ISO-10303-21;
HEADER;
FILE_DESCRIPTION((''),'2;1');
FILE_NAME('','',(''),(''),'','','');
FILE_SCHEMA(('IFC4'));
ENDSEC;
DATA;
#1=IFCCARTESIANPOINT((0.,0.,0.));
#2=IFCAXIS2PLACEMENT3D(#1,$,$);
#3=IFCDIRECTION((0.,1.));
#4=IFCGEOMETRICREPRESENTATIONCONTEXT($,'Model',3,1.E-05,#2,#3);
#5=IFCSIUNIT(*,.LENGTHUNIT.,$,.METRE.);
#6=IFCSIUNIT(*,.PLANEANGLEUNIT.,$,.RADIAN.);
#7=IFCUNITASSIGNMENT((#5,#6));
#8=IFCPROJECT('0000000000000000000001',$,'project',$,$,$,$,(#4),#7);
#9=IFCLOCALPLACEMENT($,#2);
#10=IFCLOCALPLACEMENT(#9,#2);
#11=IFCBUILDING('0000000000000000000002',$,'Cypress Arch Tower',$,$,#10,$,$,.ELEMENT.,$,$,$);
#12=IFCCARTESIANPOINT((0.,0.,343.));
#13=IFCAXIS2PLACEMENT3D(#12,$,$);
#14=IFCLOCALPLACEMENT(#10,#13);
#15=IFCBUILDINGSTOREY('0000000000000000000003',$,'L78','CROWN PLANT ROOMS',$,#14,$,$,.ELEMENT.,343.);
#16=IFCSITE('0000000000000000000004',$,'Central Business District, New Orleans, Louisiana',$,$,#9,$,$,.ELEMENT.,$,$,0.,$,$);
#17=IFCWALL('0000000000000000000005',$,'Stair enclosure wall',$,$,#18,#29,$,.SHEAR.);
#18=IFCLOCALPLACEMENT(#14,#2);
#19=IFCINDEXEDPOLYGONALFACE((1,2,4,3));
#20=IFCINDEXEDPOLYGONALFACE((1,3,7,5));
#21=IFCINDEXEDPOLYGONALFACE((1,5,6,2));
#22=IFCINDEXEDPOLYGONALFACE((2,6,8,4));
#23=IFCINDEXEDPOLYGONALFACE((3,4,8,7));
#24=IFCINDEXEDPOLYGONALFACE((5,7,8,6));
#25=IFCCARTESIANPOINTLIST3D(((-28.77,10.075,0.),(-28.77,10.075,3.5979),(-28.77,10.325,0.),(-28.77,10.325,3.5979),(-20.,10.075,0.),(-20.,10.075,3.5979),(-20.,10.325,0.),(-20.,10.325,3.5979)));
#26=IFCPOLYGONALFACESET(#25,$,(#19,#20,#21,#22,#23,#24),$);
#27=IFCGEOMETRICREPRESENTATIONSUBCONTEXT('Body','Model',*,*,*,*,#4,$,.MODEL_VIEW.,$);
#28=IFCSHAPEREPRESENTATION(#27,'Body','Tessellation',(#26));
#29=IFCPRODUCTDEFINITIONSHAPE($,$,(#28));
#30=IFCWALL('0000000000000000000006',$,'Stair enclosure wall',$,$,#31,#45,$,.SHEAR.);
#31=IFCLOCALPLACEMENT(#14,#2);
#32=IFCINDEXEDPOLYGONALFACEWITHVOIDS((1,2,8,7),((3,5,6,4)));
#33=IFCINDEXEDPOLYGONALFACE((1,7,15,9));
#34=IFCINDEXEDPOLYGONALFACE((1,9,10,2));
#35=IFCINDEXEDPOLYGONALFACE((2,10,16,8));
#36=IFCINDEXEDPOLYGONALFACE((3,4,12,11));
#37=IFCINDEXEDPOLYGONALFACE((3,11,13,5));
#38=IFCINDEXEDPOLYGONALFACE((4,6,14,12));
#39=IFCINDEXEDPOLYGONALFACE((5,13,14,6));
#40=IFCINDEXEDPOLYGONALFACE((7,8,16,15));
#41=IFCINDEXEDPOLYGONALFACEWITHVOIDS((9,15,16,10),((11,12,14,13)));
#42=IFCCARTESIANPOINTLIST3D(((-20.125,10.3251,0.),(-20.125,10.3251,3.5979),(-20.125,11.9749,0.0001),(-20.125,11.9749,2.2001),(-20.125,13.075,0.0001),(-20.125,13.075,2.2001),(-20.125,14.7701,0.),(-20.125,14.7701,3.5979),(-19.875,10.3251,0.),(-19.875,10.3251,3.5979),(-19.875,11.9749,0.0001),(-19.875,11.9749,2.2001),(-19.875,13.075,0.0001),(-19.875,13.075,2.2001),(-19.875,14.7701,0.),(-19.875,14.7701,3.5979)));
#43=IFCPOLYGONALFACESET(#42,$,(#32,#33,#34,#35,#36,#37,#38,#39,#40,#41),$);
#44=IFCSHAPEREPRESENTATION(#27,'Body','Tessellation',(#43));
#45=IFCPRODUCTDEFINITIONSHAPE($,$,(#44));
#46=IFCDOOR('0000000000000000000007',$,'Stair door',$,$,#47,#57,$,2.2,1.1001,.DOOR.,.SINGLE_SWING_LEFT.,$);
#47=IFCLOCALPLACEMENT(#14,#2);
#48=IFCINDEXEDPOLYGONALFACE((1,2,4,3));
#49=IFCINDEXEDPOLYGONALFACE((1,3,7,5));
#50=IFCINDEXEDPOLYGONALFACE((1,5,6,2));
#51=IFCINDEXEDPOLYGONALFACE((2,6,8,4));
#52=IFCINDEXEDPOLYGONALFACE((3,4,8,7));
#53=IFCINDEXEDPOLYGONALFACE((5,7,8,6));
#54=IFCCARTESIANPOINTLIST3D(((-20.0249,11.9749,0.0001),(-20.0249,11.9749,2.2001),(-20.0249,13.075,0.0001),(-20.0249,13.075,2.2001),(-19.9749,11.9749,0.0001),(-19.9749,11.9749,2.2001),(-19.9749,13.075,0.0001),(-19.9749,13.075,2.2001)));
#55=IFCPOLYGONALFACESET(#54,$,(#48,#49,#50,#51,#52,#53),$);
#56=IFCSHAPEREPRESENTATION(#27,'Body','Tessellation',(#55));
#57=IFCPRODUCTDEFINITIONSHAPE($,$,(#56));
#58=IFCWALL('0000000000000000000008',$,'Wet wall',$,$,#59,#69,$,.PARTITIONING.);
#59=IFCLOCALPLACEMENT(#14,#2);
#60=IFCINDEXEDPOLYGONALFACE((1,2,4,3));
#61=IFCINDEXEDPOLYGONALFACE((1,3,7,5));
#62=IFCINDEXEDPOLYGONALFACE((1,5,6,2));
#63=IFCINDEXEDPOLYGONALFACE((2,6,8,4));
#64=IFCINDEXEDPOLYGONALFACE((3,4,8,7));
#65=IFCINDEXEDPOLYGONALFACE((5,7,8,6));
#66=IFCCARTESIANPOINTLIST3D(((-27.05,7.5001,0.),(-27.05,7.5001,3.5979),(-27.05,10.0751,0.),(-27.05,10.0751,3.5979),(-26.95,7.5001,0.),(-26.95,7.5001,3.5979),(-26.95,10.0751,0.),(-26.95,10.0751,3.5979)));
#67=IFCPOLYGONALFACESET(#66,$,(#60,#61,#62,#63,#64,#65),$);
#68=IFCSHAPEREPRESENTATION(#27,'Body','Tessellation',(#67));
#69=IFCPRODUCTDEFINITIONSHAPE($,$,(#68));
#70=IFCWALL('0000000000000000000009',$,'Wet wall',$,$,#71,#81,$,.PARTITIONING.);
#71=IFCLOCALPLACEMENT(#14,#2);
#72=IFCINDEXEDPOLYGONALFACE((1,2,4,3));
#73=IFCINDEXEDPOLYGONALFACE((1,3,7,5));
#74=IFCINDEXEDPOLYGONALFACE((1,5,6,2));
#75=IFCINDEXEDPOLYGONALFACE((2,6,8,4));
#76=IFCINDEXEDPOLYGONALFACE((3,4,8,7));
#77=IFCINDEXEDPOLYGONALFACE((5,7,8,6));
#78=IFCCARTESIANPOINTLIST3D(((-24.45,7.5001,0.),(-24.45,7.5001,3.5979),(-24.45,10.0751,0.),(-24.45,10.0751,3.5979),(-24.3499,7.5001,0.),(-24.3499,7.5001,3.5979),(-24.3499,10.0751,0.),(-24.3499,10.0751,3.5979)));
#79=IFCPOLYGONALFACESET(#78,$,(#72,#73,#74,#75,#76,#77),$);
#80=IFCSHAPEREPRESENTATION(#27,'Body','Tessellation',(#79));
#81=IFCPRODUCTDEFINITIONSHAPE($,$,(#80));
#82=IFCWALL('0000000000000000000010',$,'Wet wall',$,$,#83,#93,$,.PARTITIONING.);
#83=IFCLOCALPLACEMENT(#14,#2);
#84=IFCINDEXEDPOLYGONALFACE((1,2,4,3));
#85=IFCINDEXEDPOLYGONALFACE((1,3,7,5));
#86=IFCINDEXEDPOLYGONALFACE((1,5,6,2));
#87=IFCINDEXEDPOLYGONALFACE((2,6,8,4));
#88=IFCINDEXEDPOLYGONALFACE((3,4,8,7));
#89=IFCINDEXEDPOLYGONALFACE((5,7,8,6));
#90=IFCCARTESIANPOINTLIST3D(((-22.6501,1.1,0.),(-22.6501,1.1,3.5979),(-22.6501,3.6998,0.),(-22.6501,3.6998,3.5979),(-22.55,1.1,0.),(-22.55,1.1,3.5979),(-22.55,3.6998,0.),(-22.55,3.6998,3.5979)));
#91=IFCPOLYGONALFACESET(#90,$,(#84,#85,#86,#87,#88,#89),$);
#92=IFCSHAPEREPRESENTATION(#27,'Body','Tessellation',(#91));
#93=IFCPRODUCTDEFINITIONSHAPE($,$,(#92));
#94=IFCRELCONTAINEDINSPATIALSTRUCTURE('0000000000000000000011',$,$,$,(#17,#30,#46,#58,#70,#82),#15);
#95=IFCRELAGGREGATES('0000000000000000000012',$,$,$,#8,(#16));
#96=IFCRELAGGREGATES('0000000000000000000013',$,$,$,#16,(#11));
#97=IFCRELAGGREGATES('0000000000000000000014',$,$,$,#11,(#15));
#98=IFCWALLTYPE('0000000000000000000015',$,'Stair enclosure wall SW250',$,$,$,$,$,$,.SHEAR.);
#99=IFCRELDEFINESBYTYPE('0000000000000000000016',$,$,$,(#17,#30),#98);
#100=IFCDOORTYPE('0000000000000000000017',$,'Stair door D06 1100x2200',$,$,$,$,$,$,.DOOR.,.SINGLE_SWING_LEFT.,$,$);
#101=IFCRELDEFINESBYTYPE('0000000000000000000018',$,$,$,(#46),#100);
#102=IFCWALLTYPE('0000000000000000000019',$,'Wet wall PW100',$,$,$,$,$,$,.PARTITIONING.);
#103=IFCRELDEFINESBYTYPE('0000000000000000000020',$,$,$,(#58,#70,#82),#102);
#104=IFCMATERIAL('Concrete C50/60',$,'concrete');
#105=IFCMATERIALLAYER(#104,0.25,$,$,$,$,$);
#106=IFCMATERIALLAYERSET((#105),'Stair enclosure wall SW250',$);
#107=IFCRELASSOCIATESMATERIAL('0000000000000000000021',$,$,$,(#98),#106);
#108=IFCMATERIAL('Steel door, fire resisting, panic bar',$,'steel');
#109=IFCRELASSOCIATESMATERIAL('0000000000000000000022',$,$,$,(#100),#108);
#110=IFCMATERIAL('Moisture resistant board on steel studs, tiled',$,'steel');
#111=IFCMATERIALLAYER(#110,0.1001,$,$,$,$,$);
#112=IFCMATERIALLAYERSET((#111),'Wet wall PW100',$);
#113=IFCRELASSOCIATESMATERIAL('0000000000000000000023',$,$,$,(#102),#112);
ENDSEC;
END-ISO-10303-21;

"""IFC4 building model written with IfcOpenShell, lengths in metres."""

from ifc_helpers import new_model, si_unit, direction, frame, frame_2d, origin, place, context, subcontext, project, spatial, rectangle, extrude, material, layer, layer_set, type_object, element, fill, save


model = new_model("IFC4")

# Units and contexts
model_context = context("Model", 3, precision=1e-05, world=origin(), true_north=direction((0.0, 1.0)))
body_context = subcontext(model_context, "Body", "Model", "MODEL_VIEW")
ifc_project = project(units=[si_unit("LENGTHUNIT", "METRE"), si_unit("PLANEANGLEUNIT", "RADIAN")], contexts=[model_context])

# Site, building, storey
site_placement = place(None, origin())
site = spatial("IfcSite", under=ifc_project, at=site_placement, Name="Central Business District, New Orleans, Louisiana", CompositionType="ELEMENT", RefElevation=0.0)
building_placement = place(site_placement, origin())
building = spatial("IfcBuilding", under=site, at=building_placement, Name="Cypress Arch Tower", CompositionType="ELEMENT")
storey_placement = place(building_placement, frame((0.0, 0.0, 343.0)))
storey = spatial("IfcBuildingStorey", under=building, at=storey_placement, Name="L78", Description="CROWN PLANT ROOMS", CompositionType="ELEMENT", Elevation=343.0)

# Wall
ifc_material_1 = material(Name="Concrete C50/60", Category="concrete")
ifc_layer_1 = layer(ifc_material_1, 0.25)
ifc_layer_set_1 = layer_set([ifc_layer_1], Name="Stair enclosure wall SW250")
wall_type_1 = type_object("IfcWallType", Name="Stair enclosure wall SW250", PredefinedType="SHEAR", material=ifc_layer_set_1)
wall_1_placement = place(storey_placement, frame((-28.77, 10.2, 0.0), z_axis=(0.0, 0.0, 1.0), x_axis=(1.0, 0.0, 0.0)))
element("IfcWall", 1, at=wall_1_placement, inside=storey, type_object=wall_type_1, Name="Stair enclosure wall", PredefinedType="SHEAR", context=body_context, shape_type="SweptSolid", body=[
    extrude(rectangle(XDim=8.77, YDim=0.25, at=frame_2d((4.385, 0.0))), origin(), (0.0, 0.0, 1.0), 3.5979),
])

# Wall, opening, door
wall_2_placement = place(storey_placement, frame((-20.0, 10.325, 0.0), z_axis=(0.0, 0.0, 1.0), x_axis=(0.0, 1.0, 0.0)))
wall_2 = element("IfcWall", 2, at=wall_2_placement, inside=storey, type_object=wall_type_1, Name="Stair enclosure wall", PredefinedType="SHEAR", context=body_context, shape_type="SweptSolid", body=[
    extrude(rectangle(XDim=4.4451, YDim=0.25, at=frame_2d((2.2227, 0.0))), origin(), (0.0, 0.0, 1.0), 3.5979),
])
opening_1_placement = place(wall_2_placement, frame((1.6499, 0.0, 0.0)))
opening_1 = element("IfcOpeningElement", 3, at=opening_1_placement, cuts=wall_2, PredefinedType="OPENING", context=body_context, shape_type="SweptSolid", body=[
    extrude(rectangle(XDim=1.1001, YDim=2.2, at=frame_2d((0.55, 1.1001))), frame((0.0, 0.135, 0.0), z_axis=(0.0, -1.0, 0.0), x_axis=(1.0, 0.0, 0.0)), (0.0, 0.0, 1.0), 0.27),
])
ifc_material_2 = material(Name="Steel door, fire resisting, panic bar", Category="steel")
door_type_1 = type_object("IfcDoorType", Name="Stair door D06 1100x2200", OperationType="SINGLE_SWING_LEFT", PredefinedType="DOOR", material=ifc_material_2)
door_1_placement = place(opening_1_placement, origin())
door_1 = element("IfcDoor", 4, at=door_1_placement, inside=storey, type_object=door_type_1, Name="Stair door", OperationType="SINGLE_SWING_LEFT", OverallHeight=2.2, OverallWidth=1.1001, PredefinedType="DOOR", context=body_context, shape_type="SweptSolid", body=[
    extrude(rectangle(XDim=1.1001, YDim=2.2, at=frame_2d((0.55, 1.1001))), frame((0.0, 0.0249, 0.0), z_axis=(0.0, -1.0, 0.0), x_axis=(1.0, 0.0, 0.0)), (0.0, 0.0, 1.0), 0.05),
])
fill(opening_1, door_1)

# Walls
ifc_material_3 = material(Name="Moisture resistant board on steel studs, tiled", Category="steel")
ifc_layer_2 = layer(ifc_material_3, 0.1001)
ifc_layer_set_2 = layer_set([ifc_layer_2], Name="Wet wall PW100")
wall_type_2 = type_object("IfcWallType", Name="Wet wall PW100", PredefinedType="PARTITIONING", material=ifc_layer_set_2)
for number, where, z_axis, x_axis, name in (
    (5, (-27.0, 7.5, 0.0), (0.0, 0.0, 1.0), (0.0, 1.0, 0.0), "Wet wall"),
    (6, (-24.3999, 7.5, 0.0), (0.0, 0.0, 1.0), (0.0, 1.0, 0.0), "Wet wall"),
):
    element("IfcWall", number, at=place(storey_placement, frame(where, z_axis=z_axis, x_axis=x_axis)), inside=storey, type_object=wall_type_2, Name=name, PredefinedType="PARTITIONING", context=body_context, shape_type="SweptSolid", body=[
        extrude(rectangle(XDim=2.575, YDim=0.1001, at=frame_2d((1.2876, 0.0))), origin(), (0.0, 0.0, 1.0), 3.5979),
    ])
wall_3_placement = place(storey_placement, frame((-22.6001, 1.1001, 0.0), z_axis=(0.0, 0.0, 1.0), x_axis=(0.0, 1.0, 0.0)))
element("IfcWall", 7, at=wall_3_placement, inside=storey, type_object=wall_type_2, Name="Wet wall", PredefinedType="PARTITIONING", context=body_context, shape_type="SweptSolid", body=[
    extrude(rectangle(XDim=2.5999, YDim=0.1001, at=frame_2d((1.2998, 0.0))), origin(), (0.0, 0.0, 1.0), 3.5979),
])

save(model, "model.ifc")
